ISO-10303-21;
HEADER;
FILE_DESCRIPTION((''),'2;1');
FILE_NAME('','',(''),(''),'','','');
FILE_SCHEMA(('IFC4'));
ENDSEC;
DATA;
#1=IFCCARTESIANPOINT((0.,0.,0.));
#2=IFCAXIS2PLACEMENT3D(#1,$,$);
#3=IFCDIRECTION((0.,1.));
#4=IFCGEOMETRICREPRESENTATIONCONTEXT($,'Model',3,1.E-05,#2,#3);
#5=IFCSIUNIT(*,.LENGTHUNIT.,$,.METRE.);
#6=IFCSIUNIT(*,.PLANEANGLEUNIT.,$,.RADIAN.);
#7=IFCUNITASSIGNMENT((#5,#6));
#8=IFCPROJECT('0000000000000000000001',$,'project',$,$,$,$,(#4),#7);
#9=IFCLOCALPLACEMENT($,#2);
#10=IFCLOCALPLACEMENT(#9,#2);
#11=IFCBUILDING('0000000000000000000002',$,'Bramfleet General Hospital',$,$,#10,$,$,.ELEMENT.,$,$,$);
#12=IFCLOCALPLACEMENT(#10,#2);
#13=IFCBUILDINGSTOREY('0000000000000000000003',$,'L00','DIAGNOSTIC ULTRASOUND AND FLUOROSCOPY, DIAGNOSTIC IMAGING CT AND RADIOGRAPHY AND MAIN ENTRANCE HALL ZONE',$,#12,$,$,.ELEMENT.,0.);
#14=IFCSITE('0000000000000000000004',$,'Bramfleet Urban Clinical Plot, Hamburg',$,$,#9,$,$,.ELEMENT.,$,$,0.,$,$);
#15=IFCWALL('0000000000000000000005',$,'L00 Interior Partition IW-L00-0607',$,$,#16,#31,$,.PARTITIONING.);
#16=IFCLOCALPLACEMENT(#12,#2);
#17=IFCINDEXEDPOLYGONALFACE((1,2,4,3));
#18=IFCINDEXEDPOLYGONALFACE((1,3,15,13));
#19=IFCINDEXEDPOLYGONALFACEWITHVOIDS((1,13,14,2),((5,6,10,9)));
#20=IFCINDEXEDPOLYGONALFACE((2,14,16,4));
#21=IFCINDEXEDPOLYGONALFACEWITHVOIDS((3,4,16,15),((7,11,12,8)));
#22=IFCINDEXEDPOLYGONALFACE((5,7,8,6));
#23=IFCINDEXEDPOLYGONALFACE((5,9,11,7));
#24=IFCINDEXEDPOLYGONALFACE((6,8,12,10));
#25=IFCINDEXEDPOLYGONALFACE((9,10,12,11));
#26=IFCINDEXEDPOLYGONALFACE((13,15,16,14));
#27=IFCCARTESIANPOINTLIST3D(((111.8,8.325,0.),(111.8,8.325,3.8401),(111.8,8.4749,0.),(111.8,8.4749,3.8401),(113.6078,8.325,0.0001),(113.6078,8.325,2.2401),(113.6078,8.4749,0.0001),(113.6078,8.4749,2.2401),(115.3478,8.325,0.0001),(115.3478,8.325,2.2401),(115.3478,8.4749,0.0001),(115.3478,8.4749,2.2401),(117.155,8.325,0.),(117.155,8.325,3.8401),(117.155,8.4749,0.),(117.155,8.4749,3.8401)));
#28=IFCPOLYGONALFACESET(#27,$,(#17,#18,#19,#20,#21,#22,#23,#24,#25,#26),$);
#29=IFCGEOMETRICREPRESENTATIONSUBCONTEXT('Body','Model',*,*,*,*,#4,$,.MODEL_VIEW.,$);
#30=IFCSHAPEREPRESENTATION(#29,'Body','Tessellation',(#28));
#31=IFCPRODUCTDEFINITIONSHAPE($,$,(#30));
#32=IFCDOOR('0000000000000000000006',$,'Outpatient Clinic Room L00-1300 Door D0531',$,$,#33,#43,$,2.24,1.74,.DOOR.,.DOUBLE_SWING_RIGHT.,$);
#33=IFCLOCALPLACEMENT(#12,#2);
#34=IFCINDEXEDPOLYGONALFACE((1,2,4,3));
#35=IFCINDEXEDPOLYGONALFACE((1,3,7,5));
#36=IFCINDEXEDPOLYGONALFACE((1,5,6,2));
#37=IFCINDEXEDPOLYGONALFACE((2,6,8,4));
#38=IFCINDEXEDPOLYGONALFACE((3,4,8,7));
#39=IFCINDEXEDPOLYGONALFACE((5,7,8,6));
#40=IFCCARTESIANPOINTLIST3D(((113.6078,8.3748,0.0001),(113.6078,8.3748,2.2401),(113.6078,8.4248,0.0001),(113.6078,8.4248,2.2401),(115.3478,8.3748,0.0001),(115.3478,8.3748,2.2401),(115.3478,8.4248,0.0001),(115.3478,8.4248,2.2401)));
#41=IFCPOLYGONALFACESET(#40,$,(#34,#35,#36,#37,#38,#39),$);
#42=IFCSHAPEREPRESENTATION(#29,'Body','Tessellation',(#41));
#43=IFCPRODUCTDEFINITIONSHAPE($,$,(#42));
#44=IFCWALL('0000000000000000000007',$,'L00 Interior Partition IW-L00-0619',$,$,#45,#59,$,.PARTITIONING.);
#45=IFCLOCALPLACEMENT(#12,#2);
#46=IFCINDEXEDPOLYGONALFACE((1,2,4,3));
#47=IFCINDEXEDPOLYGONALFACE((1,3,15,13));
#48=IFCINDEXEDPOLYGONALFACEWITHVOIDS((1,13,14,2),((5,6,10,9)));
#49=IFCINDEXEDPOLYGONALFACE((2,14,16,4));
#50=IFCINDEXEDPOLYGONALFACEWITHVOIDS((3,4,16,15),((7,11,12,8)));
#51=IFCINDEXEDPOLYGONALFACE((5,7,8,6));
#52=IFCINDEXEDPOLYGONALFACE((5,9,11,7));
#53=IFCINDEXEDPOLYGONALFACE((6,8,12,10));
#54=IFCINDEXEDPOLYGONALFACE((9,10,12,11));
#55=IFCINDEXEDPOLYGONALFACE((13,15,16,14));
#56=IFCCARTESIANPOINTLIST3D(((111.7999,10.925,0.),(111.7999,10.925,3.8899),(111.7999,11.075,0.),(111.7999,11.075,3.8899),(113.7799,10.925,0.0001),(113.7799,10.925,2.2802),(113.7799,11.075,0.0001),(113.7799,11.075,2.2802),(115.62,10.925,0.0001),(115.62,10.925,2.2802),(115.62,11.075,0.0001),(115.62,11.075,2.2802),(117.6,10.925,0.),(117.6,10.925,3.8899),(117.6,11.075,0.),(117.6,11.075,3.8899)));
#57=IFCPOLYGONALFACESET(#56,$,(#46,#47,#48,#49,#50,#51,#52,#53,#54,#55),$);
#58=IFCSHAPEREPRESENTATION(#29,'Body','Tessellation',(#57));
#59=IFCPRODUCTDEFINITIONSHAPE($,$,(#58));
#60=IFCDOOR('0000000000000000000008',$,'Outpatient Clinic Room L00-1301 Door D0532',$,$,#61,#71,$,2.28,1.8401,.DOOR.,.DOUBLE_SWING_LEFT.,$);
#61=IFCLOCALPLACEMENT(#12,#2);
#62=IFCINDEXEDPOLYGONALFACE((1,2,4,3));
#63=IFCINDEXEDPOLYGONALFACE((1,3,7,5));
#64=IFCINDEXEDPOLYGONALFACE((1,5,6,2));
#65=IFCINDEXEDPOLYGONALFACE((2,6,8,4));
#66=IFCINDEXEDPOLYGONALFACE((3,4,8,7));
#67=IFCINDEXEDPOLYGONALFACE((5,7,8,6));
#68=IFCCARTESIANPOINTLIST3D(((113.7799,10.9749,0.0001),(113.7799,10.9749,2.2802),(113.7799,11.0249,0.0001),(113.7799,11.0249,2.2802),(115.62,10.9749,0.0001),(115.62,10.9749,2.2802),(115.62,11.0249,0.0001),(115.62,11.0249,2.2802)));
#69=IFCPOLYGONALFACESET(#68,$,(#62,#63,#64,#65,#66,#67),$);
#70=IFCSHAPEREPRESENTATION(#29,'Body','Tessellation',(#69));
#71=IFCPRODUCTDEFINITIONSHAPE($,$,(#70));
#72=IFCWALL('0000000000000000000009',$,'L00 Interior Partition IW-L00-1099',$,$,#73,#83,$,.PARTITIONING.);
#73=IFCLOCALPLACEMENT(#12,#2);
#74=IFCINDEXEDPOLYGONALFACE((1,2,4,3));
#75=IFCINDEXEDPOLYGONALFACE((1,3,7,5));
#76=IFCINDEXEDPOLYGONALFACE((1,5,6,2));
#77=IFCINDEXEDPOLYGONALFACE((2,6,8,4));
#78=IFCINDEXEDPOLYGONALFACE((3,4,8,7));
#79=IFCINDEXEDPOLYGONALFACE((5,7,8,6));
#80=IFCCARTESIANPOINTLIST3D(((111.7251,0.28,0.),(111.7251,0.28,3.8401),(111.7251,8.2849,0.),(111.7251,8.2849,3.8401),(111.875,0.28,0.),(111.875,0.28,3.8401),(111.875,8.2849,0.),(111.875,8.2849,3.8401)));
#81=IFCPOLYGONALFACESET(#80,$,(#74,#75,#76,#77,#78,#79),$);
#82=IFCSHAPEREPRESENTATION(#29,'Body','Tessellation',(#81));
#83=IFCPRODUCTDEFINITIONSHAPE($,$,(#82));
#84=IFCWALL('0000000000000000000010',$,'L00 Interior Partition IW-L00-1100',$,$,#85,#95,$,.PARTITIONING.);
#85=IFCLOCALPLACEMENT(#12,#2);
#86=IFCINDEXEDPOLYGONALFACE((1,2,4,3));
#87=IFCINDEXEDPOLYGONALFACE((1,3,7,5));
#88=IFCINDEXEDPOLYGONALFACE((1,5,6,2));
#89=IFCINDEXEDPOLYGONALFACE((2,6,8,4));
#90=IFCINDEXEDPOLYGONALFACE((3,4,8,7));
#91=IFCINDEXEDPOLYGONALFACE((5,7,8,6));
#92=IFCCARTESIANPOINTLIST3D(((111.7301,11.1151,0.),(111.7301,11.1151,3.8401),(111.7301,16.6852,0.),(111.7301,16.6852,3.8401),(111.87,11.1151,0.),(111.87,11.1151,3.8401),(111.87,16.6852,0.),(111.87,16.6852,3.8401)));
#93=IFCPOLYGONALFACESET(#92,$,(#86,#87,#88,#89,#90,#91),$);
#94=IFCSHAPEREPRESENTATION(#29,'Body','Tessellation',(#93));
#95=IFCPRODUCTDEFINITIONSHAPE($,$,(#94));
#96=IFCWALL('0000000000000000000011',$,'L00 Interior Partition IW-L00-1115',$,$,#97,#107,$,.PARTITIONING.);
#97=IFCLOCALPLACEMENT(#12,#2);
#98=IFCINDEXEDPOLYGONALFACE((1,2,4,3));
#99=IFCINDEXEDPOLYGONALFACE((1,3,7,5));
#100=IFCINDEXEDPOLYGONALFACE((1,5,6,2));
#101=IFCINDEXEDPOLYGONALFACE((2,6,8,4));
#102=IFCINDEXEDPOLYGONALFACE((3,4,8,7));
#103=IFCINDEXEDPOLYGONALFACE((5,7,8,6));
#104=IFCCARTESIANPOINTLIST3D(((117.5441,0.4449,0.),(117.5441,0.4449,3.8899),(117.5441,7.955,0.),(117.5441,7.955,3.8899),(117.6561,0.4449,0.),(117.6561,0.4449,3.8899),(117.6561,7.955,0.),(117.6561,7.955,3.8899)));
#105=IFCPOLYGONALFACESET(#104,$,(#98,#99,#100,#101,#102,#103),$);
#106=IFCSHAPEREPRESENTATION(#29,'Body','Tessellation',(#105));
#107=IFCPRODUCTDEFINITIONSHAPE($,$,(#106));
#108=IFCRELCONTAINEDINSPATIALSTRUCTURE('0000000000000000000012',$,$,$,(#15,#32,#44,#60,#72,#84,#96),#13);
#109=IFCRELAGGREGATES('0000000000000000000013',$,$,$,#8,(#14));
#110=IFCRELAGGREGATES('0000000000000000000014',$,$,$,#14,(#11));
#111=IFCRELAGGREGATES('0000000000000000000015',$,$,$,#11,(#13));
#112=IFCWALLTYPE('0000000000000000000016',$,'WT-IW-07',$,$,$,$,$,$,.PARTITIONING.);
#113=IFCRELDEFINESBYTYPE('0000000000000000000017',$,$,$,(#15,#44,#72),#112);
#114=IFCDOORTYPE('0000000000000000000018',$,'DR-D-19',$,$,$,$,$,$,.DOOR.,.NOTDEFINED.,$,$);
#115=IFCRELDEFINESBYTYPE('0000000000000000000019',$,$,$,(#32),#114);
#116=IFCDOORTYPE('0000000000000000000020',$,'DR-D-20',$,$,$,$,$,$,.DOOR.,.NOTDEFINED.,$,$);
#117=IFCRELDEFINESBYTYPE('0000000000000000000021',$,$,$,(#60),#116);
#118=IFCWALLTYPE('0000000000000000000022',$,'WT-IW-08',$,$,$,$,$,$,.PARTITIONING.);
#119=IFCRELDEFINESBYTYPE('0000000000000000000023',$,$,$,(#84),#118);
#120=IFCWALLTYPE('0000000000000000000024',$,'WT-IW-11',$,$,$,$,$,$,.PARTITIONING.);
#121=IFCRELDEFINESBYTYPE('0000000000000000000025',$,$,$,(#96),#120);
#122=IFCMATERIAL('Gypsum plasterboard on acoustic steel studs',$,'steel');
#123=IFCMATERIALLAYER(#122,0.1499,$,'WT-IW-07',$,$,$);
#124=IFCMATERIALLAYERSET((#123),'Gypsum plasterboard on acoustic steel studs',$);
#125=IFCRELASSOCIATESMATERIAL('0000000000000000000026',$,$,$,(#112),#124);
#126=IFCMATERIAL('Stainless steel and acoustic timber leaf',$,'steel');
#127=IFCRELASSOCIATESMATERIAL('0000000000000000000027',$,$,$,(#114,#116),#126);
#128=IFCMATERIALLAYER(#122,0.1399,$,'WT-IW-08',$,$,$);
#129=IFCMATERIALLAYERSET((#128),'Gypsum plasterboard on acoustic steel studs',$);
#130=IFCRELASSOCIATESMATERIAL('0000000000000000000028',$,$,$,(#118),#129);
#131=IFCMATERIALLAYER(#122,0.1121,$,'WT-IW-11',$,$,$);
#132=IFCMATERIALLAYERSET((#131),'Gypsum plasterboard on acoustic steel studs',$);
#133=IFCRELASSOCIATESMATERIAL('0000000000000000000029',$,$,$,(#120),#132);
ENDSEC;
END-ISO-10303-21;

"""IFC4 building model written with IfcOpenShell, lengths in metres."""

from ifc_helpers import new_model, si_unit, direction, frame, frame_2d, origin, place, context, subcontext, project, spatial, rectangle, extrude, material, layer, layer_set, type_object, element, fill, save


model = new_model("IFC4")

# Units and contexts
model_context = context("Model", 3, precision=1e-05, world=origin(), true_north=direction((0.0, 1.0)))
body_context = subcontext(model_context, "Body", "Model", "MODEL_VIEW")
ifc_project = project(units=[si_unit("LENGTHUNIT", "METRE"), si_unit("PLANEANGLEUNIT", "RADIAN")], contexts=[model_context])

# Site, building, storey
site_placement = place(None, origin())
site = spatial("IfcSite", under=ifc_project, at=site_placement, Name="Bramfleet Urban Clinical Plot, Hamburg", CompositionType="ELEMENT", RefElevation=0.0)
building_placement = place(site_placement, origin())
building = spatial("IfcBuilding", under=site, at=building_placement, Name="Bramfleet General Hospital", CompositionType="ELEMENT")
storey_placement = place(building_placement, origin())
storey = spatial("IfcBuildingStorey", under=building, at=storey_placement, Name="L00", Description="DIAGNOSTIC ULTRASOUND AND FLUOROSCOPY, DIAGNOSTIC IMAGING CT AND RADIOGRAPHY AND MAIN ENTRANCE HALL ZONE", CompositionType="ELEMENT", Elevation=0.0)

# Shared definitions
ifc_material_1 = material(Name="Gypsum plasterboard on acoustic steel studs", Category="steel")

# Walls, openings, doors
ifc_layer_1 = layer(ifc_material_1, 0.1499, Name="WT-IW-07")
ifc_layer_set_1 = layer_set([ifc_layer_1], Name="Gypsum plasterboard on acoustic steel studs")
wall_type_1 = type_object("IfcWallType", Name="WT-IW-07", PredefinedType="PARTITIONING", material=ifc_layer_set_1)
wall_1_placement = place(storey_placement, frame((111.8, 8.3999, 0.0), z_axis=(0.0, 0.0, 1.0), x_axis=(1.0, 0.0, 0.0)))
wall_1 = element("IfcWall", 1, at=wall_1_placement, inside=storey, type_object=wall_type_1, Name="L00 Interior Partition IW-L00-0607", PredefinedType="PARTITIONING", context=body_context, shape_type="SweptSolid", body=[
    extrude(rectangle(XDim=5.355, YDim=0.1499, at=frame_2d((2.6775, 0.0))), origin(), (0.0, 0.0, 1.0), 3.8401),
])
opening_1_placement = place(wall_1_placement, frame((1.8076, 0.0, 0.0)))
opening_1 = element("IfcOpeningElement", 2, at=opening_1_placement, cuts=wall_1, PredefinedType="OPENING", context=body_context, shape_type="SweptSolid", body=[
    extrude(rectangle(XDim=1.74, YDim=2.24, at=frame_2d((0.8701, 1.1201))), frame((0.0, 0.085, 0.0), z_axis=(0.0, -1.0, 0.0), x_axis=(1.0, 0.0, 0.0)), (0.0, 0.0, 1.0), 0.1699),
])
ifc_material_2 = material(Name="Stainless steel and acoustic timber leaf", Category="steel")
door_type_1 = type_object("IfcDoorType", Name="DR-D-19", OperationType="NOTDEFINED", PredefinedType="DOOR", material=ifc_material_2)
door_1_placement = place(opening_1_placement, origin())
door_1 = element("IfcDoor", 3, at=door_1_placement, inside=storey, type_object=door_type_1, Name="Outpatient Clinic Room L00-1300 Door D0531", OperationType="DOUBLE_SWING_RIGHT", OverallHeight=2.24, OverallWidth=1.74, PredefinedType="DOOR", context=body_context, shape_type="SweptSolid", body=[
    extrude(rectangle(XDim=1.74, YDim=2.24, at=frame_2d((0.8701, 1.1201))), frame((0.0, 0.0249, 0.0), z_axis=(0.0, -1.0, 0.0), x_axis=(1.0, 0.0, 0.0)), (0.0, 0.0, 1.0), 0.05),
])
fill(opening_1, door_1)
wall_2_placement = place(storey_placement, frame((111.8, 11.0, 0.0), z_axis=(0.0, 0.0, 1.0), x_axis=(1.0, 0.0, 0.0)))
wall_2 = element("IfcWall", 4, at=wall_2_placement, inside=storey, type_object=wall_type_1, Name="L00 Interior Partition IW-L00-0619", PredefinedType="PARTITIONING", context=body_context, shape_type="SweptSolid", body=[
    extrude(rectangle(XDim=5.8, YDim=0.1499, at=frame_2d((2.8999, 0.0))), origin(), (0.0, 0.0, 1.0), 3.8899),
])
opening_2_placement = place(wall_2_placement, frame((1.98, 0.0, 0.0)))
opening_2 = element("IfcOpeningElement", 5, at=opening_2_placement, cuts=wall_2, PredefinedType="OPENING", context=body_context, shape_type="SweptSolid", body=[
    extrude(rectangle(XDim=1.8401, YDim=2.28, at=frame_2d((0.9199, 1.1401))), frame((0.0, 0.085, 0.0), z_axis=(0.0, -1.0, 0.0), x_axis=(1.0, 0.0, 0.0)), (0.0, 0.0, 1.0), 0.1699),
])
door_type_2 = type_object("IfcDoorType", Name="DR-D-20", OperationType="NOTDEFINED", PredefinedType="DOOR", material=ifc_material_2)
door_2_placement = place(opening_2_placement, origin())
door_2 = element("IfcDoor", 6, at=door_2_placement, inside=storey, type_object=door_type_2, Name="Outpatient Clinic Room L00-1301 Door D0532", OperationType="DOUBLE_SWING_LEFT", OverallHeight=2.28, OverallWidth=1.8401, PredefinedType="DOOR", context=body_context, shape_type="SweptSolid", body=[
    extrude(rectangle(XDim=1.8401, YDim=2.28, at=frame_2d((0.9199, 1.1401))), frame((0.0, 0.0249, 0.0), z_axis=(0.0, -1.0, 0.0), x_axis=(1.0, 0.0, 0.0)), (0.0, 0.0, 1.0), 0.05),
])
fill(opening_2, door_2)

# Walls
wall_3_placement = place(storey_placement, frame((111.8, 0.28, 0.0), z_axis=(0.0, 0.0, 1.0), x_axis=(0.0, 1.0, 0.0)))
element("IfcWall", 7, at=wall_3_placement, inside=storey, type_object=wall_type_1, Name="L00 Interior Partition IW-L00-1099", PredefinedType="PARTITIONING", context=body_context, shape_type="SweptSolid", body=[
    extrude(rectangle(XDim=8.0049, YDim=0.1499, at=frame_2d((4.0024, 0.0))), origin(), (0.0, 0.0, 1.0), 3.8401),
])
ifc_layer_2 = layer(ifc_material_1, 0.1399, Name="WT-IW-08")
ifc_layer_set_2 = layer_set([ifc_layer_2], Name="Gypsum plasterboard on acoustic steel studs")
wall_type_2 = type_object("IfcWallType", Name="WT-IW-08", PredefinedType="PARTITIONING", material=ifc_layer_set_2)
wall_4_placement = place(storey_placement, frame((111.8, 11.115, 0.0), z_axis=(0.0, 0.0, 1.0), x_axis=(0.0, 1.0, 0.0)))
element("IfcWall", 8, at=wall_4_placement, inside=storey, type_object=wall_type_2, Name="L00 Interior Partition IW-L00-1100", PredefinedType="PARTITIONING", context=body_context, shape_type="SweptSolid", body=[
    extrude(rectangle(XDim=5.5701, YDim=0.1399, at=frame_2d((2.7852, 0.0))), origin(), (0.0, 0.0, 1.0), 3.8401),
])
ifc_layer_3 = layer(ifc_material_1, 0.1121, Name="WT-IW-11")
ifc_layer_set_3 = layer_set([ifc_layer_3], Name="Gypsum plasterboard on acoustic steel studs")
wall_type_3 = type_object("IfcWallType", Name="WT-IW-11", PredefinedType="PARTITIONING", material=ifc_layer_set_3)
wall_5_placement = place(storey_placement, frame((117.6001, 0.4451, 0.0), z_axis=(0.0, 0.0, 1.0), x_axis=(0.0, 1.0, 0.0)))
element("IfcWall", 9, at=wall_5_placement, inside=storey, type_object=wall_type_3, Name="L00 Interior Partition IW-L00-1115", PredefinedType="PARTITIONING", context=body_context, shape_type="SweptSolid", body=[
    extrude(rectangle(XDim=7.51, YDim=0.1121, at=frame_2d((3.7549, 0.0))), origin(), (0.0, 0.0, 1.0), 3.8899),
])

save(model, "model.ifc")
